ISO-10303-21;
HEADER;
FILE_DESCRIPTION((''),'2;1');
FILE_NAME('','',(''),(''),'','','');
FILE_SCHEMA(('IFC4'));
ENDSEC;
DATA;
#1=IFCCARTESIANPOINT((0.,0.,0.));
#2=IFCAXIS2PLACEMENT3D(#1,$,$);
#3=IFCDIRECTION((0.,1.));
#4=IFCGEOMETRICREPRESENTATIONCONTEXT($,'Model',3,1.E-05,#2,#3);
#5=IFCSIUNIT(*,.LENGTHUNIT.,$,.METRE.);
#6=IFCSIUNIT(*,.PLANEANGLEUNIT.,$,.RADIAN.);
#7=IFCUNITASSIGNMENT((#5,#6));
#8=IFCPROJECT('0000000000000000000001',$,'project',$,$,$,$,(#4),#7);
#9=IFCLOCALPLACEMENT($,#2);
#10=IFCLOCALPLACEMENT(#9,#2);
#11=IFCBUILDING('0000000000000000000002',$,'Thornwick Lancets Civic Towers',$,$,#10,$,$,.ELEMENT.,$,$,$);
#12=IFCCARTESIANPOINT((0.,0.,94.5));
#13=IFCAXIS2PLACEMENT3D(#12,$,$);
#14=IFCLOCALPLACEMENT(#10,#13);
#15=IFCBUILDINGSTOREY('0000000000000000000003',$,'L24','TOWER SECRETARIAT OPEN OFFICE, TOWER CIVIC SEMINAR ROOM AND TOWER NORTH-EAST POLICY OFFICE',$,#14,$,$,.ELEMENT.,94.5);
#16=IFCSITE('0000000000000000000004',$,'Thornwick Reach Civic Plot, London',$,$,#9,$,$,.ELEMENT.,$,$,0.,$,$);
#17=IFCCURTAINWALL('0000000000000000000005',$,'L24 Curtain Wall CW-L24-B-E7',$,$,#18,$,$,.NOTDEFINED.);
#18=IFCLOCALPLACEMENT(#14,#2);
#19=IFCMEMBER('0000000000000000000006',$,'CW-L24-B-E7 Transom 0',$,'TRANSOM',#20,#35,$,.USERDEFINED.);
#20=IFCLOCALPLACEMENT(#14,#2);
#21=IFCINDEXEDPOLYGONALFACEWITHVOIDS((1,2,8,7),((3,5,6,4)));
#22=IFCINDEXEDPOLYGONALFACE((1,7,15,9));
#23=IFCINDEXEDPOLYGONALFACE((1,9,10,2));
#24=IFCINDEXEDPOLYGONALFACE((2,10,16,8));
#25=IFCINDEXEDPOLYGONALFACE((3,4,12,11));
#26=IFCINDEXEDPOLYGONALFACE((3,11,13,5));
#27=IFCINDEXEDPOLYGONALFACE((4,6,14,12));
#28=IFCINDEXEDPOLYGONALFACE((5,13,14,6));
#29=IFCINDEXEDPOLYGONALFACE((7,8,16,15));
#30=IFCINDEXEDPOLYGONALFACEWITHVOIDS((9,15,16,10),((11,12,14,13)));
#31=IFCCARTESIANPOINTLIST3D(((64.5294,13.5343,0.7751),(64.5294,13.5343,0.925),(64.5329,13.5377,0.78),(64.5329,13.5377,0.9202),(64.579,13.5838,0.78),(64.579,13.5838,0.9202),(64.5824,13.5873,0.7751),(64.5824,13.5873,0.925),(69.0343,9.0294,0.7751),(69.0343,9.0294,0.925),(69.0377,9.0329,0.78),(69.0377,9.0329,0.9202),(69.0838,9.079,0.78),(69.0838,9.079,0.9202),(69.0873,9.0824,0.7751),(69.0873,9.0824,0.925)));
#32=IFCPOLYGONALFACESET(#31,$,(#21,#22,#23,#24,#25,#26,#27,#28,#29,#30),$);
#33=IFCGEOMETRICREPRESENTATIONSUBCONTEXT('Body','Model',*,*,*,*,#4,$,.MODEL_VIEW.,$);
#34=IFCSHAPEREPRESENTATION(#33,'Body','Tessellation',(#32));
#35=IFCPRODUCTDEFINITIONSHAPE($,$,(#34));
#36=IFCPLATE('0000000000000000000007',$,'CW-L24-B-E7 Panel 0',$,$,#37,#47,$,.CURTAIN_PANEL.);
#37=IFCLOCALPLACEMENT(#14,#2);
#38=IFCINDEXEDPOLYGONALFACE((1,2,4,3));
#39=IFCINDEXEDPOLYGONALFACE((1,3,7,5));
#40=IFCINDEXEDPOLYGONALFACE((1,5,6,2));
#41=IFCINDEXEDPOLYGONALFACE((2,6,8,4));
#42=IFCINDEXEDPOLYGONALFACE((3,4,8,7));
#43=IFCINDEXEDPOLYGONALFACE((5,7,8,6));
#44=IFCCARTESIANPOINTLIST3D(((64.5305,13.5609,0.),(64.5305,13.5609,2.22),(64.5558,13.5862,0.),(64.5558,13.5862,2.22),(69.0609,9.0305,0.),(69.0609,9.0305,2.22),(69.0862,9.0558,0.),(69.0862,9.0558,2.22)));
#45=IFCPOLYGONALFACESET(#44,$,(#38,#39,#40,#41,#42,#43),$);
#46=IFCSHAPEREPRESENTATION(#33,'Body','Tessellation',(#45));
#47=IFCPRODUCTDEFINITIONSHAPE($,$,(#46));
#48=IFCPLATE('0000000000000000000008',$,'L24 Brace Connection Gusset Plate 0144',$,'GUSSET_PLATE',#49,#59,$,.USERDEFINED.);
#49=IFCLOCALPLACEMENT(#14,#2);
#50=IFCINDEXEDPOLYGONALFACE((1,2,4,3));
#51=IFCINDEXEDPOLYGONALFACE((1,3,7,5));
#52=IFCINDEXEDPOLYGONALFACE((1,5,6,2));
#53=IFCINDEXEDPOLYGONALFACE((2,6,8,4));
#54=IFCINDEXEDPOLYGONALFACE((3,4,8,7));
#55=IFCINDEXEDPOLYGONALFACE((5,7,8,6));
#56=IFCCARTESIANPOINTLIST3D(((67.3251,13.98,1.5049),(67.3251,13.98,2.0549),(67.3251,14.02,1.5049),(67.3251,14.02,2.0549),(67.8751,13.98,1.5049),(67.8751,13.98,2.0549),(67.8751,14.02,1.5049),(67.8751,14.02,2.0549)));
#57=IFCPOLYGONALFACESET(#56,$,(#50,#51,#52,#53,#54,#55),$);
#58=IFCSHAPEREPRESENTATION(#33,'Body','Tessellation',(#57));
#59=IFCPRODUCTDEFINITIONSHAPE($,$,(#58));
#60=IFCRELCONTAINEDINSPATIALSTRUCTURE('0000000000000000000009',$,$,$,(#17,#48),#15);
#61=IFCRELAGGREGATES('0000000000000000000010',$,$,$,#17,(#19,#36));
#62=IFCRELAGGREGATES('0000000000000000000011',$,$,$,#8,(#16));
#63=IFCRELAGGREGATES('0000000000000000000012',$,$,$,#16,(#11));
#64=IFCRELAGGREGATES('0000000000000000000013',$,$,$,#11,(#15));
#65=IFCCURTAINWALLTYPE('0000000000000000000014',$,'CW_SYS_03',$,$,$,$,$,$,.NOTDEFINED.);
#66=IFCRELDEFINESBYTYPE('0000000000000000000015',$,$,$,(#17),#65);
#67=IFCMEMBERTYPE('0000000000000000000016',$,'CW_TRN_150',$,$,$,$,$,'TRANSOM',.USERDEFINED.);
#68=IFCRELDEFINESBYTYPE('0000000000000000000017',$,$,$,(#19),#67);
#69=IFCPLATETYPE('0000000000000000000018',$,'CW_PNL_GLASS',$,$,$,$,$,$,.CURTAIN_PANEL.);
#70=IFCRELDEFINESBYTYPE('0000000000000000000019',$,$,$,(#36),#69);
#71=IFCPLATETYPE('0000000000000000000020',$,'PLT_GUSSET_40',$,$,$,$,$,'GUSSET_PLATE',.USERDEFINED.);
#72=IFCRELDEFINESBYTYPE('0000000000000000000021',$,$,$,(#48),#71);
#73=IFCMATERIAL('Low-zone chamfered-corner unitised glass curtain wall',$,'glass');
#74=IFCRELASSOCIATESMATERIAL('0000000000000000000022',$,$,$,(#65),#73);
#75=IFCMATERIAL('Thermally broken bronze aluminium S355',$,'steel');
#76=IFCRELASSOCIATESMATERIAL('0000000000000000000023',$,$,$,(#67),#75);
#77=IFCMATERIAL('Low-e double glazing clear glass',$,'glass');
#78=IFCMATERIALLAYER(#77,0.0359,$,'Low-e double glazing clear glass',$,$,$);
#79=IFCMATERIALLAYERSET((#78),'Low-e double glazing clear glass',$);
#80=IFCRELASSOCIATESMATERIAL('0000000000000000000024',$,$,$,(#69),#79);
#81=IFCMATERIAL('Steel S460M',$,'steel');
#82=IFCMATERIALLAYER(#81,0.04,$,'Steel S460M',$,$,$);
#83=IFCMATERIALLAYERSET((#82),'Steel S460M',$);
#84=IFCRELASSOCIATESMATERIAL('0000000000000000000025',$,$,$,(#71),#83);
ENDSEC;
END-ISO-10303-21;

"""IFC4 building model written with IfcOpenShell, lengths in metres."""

from ifc_helpers import new_model, si_unit, direction, frame, origin, origin_2d, place, context, subcontext, project, spatial, rectangle, hollow_rectangle, extrude, material, layer, layer_set, material_profile, profile_set, type_object, element, aggregate, save


model = new_model("IFC4")

# Units and contexts
model_context = context("Model", 3, precision=1e-05, world=origin(), true_north=direction((0.0, 1.0)))
body_context = subcontext(model_context, "Body", "Model", "MODEL_VIEW")
ifc_project = project(units=[si_unit("LENGTHUNIT", "METRE"), si_unit("PLANEANGLEUNIT", "RADIAN")], contexts=[model_context])

# Site, building, storey
site_placement = place(None, origin())
site = spatial("IfcSite", under=ifc_project, at=site_placement, Name="Thornwick Reach Civic Plot, London", CompositionType="ELEMENT", RefElevation=0.0)
building_placement = place(site_placement, origin())
building = spatial("IfcBuilding", under=site, at=building_placement, Name="Thornwick Lancets Civic Towers", CompositionType="ELEMENT")
storey_placement = place(building_placement, frame((0.0, 0.0, 94.5)))
storey = spatial("IfcBuildingStorey", under=building, at=storey_placement, Name="L24", Description="TOWER SECRETARIAT OPEN OFFICE, TOWER CIVIC SEMINAR ROOM AND TOWER NORTH-EAST POLICY OFFICE", CompositionType="ELEMENT", Elevation=94.5)

# Shared definitions
ifc_material_1 = material(Name="Steel S460M", Category="steel")

# Shared definitions
ifc_material_2 = material(Name="Low-zone chamfered-corner unitised glass curtain wall", Category="glass")
curtain_wall_type = type_object("IfcCurtainWallType", Name="CW_SYS_03", PredefinedType="NOTDEFINED", material=ifc_material_2)
ifc_material_3 = material(Name="Thermally broken bronze aluminium S355", Category="steel")

# Curtain wall, member, plate
curtain_wall_1_placement = place(storey_placement, origin())
curtain_wall_1 = element("IfcCurtainWall", 1, at=curtain_wall_1_placement, inside=storey, type_object=curtain_wall_type, Name="L24 Curtain Wall CW-L24-B-E7", PredefinedType="NOTDEFINED")
ifc_material_profile_1 = material_profile(ifc_material_3, hollow_rectangle(XDim=0.075, YDim=0.1499, WallThickness=0.0049, at=origin_2d()), Name="RHS 150x75x5")
ifc_profile_set_1 = profile_set([ifc_material_profile_1], Name="Thermally broken bronze aluminium S355")
member_type_1 = type_object("IfcMemberType", Name="CW_TRN_150", ElementType="TRANSOM", PredefinedType="USERDEFINED", material=ifc_profile_set_1)
member_1_placement = place(storey_placement, frame((64.5559, 13.5608, 0.8501), z_axis=(0.707107, -0.707107, 0.0), x_axis=(0.707107, 0.707107, 0.0)))
member_1 = element("IfcMember", 2, at=member_1_placement, type_object=member_type_1, Name="CW-L24-B-E7 Transom 0", ObjectType="TRANSOM", PredefinedType="USERDEFINED", context=body_context, shape_type="SweptSolid", body=[
    extrude(hollow_rectangle(XDim=0.075, YDim=0.1499, WallThickness=0.0049, at=origin_2d()), origin(), (0.0, 0.0, 1.0), 6.3708),
])
ifc_material_4 = material(Name="Low-e double glazing clear glass", Category="glass")
ifc_layer_1 = layer(ifc_material_4, 0.0359, Name="Low-e double glazing clear glass")
ifc_layer_set_1 = layer_set([ifc_layer_1], Name="Low-e double glazing clear glass")
plate_type_1 = type_object("IfcPlateType", Name="CW_PNL_GLASS", PredefinedType="CURTAIN_PANEL", material=ifc_layer_set_1)
plate_1_placement = place(storey_placement, frame((66.8083, 11.3083, 0.0), z_axis=(0.0, 0.0, 1.0), x_axis=(0.707107, -0.707107, 0.0)))
plate_1 = element("IfcPlate", 3, at=plate_1_placement, type_object=plate_type_1, Name="CW-L24-B-E7 Panel 0", PredefinedType="CURTAIN_PANEL", context=body_context, shape_type="SweptSolid", body=[
    extrude(rectangle(XDim=6.407, YDim=0.0359, at=origin_2d()), origin(), (0.0, 0.0, 1.0), 2.22),
])
aggregate(curtain_wall_1, [member_1, plate_1])

# Plate
ifc_layer_2 = layer(ifc_material_1, 0.04, Name="Steel S460M")
ifc_layer_set_2 = layer_set([ifc_layer_2], Name="Steel S460M")
plate_type_2 = type_object("IfcPlateType", Name="PLT_GUSSET_40", ElementType="GUSSET_PLATE", PredefinedType="USERDEFINED", material=ifc_layer_set_2)
plate_2_placement = place(storey_placement, frame((67.6001, 14.0, 1.5049), z_axis=(0.0, 0.0, 1.0), x_axis=(-1.0, 0.0, 0.0)))
element("IfcPlate", 4, at=plate_2_placement, inside=storey, type_object=plate_type_2, Name="L24 Brace Connection Gusset Plate 0144", ObjectType="GUSSET_PLATE", PredefinedType="USERDEFINED", context=body_context, shape_type="SweptSolid", body=[
    extrude(rectangle(XDim=0.55, YDim=0.04, at=origin_2d()), origin(), (0.0, 0.0, 1.0), 0.55),
])

save(model, "model.ifc")
